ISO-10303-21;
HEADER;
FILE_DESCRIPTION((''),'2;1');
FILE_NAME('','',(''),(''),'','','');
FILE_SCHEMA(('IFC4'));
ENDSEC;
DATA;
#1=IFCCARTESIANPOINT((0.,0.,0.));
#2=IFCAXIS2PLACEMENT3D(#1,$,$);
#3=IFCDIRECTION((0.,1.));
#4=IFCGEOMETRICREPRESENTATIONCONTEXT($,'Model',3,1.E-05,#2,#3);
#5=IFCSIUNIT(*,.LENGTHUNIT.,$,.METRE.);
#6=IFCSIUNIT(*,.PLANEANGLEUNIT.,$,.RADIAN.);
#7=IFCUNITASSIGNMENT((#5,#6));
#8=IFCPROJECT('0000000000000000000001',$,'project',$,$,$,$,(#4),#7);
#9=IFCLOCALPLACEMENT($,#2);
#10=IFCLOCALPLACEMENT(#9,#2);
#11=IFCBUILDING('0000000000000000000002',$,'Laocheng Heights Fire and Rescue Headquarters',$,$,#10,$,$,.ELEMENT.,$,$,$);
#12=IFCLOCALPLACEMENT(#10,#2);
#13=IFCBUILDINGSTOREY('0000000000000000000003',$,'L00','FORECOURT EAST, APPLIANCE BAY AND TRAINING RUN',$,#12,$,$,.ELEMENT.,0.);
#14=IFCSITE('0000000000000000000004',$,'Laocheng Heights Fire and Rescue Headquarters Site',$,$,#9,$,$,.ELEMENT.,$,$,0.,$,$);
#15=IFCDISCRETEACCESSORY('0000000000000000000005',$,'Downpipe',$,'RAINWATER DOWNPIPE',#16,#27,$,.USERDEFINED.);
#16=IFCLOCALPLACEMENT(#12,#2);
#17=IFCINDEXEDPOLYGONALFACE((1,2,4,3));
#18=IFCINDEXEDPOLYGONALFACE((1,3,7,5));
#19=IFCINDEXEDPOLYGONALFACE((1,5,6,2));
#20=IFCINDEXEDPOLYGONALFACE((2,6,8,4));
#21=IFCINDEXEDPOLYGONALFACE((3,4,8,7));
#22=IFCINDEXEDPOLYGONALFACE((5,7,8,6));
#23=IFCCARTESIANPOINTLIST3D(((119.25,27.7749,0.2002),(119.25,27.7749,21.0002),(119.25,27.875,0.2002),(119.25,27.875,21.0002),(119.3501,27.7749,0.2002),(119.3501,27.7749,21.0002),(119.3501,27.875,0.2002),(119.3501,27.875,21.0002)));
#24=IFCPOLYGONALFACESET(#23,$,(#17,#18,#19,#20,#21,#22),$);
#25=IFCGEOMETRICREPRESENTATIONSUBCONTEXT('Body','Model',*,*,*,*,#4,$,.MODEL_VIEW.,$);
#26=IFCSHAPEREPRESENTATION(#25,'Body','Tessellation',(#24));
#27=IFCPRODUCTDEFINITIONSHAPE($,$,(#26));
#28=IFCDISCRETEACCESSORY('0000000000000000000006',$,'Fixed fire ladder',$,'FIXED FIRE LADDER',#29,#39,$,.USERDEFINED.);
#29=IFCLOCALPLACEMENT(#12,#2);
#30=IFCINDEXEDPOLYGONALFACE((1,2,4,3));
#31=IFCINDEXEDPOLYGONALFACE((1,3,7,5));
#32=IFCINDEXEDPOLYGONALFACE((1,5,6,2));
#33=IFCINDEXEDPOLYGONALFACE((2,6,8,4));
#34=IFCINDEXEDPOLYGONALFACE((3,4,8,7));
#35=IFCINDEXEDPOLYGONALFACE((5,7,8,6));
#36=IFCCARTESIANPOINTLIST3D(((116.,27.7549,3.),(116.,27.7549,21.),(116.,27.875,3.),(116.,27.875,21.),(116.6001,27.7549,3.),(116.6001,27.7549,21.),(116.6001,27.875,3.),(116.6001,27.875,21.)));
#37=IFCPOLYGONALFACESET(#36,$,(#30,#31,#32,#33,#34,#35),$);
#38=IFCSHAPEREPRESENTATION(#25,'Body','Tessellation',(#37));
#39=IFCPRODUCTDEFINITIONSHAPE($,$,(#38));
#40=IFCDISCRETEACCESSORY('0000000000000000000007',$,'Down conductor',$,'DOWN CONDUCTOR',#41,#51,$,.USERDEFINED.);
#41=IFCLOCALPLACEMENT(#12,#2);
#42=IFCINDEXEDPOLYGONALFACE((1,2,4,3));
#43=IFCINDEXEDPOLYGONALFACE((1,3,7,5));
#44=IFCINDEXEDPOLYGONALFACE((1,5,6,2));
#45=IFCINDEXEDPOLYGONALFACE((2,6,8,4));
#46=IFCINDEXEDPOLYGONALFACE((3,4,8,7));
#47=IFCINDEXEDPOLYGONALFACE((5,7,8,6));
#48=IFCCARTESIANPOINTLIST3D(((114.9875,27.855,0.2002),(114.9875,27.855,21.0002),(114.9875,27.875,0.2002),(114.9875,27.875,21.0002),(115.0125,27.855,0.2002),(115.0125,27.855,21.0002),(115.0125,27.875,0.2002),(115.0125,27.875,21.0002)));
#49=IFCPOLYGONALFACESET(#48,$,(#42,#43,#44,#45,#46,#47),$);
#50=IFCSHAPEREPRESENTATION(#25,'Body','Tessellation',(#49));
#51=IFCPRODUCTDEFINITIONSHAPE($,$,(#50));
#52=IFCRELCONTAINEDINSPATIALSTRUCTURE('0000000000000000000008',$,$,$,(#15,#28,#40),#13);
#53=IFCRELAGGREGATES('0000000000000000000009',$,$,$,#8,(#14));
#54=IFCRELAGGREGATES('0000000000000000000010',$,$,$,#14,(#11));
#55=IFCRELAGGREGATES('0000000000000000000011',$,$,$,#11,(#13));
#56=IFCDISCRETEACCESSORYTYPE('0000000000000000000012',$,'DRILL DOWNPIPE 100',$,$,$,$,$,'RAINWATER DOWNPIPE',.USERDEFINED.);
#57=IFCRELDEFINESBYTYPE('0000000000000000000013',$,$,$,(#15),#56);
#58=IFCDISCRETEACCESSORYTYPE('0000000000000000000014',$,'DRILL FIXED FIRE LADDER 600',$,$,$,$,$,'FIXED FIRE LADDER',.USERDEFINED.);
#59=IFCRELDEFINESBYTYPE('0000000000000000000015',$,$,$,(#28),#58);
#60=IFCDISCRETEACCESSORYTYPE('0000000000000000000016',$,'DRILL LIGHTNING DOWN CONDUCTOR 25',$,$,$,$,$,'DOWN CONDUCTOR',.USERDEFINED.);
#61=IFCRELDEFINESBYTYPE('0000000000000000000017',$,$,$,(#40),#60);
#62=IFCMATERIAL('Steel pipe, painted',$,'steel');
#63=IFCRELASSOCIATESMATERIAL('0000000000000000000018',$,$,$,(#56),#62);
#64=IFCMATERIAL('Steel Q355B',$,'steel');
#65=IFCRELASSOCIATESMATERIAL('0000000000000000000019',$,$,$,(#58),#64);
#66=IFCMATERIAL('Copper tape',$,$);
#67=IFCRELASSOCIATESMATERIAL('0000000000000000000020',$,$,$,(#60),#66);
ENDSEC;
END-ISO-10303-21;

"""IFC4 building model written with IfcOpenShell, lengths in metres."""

from ifc_helpers import new_model, si_unit, direction, frame, origin, origin_2d, place, context, subcontext, project, spatial, rectangle, extrude, material, type_object, element, save


model = new_model("IFC4")

# Units and contexts
model_context = context("Model", 3, precision=1e-05, world=origin(), true_north=direction((0.0, 1.0)))
body_context = subcontext(model_context, "Body", "Model", "MODEL_VIEW")
ifc_project = project(units=[si_unit("LENGTHUNIT", "METRE"), si_unit("PLANEANGLEUNIT", "RADIAN")], contexts=[model_context])

# Site, building, storey
site_placement = place(None, origin())
site = spatial("IfcSite", under=ifc_project, at=site_placement, Name="Laocheng Heights Fire and Rescue Headquarters Site", CompositionType="ELEMENT", RefElevation=0.0)
building_placement = place(site_placement, origin())
building = spatial("IfcBuilding", under=site, at=building_placement, Name="Laocheng Heights Fire and Rescue Headquarters", CompositionType="ELEMENT")
storey_placement = place(building_placement, origin())
storey = spatial("IfcBuildingStorey", under=building, at=storey_placement, Name="L00", Description="FORECOURT EAST, APPLIANCE BAY AND TRAINING RUN", CompositionType="ELEMENT", Elevation=0.0)

# Discrete accessories
ifc_material_1 = material(Name="Steel pipe, painted", Category="steel")
discrete_accessory_type_1 = type_object("IfcDiscreteAccessoryType", Name="DRILL DOWNPIPE 100", ElementType="RAINWATER DOWNPIPE", PredefinedType="USERDEFINED", material=ifc_material_1)
discrete_accessory_1_placement = place(storey_placement, frame((119.3, 27.825, 0.2002), z_axis=(0.0, 0.0, 1.0), x_axis=(1.0, 0.0, 0.0)))
element("IfcDiscreteAccessory", 1, at=discrete_accessory_1_placement, inside=storey, type_object=discrete_accessory_type_1, Name="Downpipe", ObjectType="RAINWATER DOWNPIPE", PredefinedType="USERDEFINED", context=body_context, shape_type="SweptSolid", body=[
    extrude(rectangle(XDim=0.1001, YDim=0.1001, at=origin_2d()), origin(), (0.0, 0.0, 1.0), 20.8),
])
ifc_material_2 = material(Name="Steel Q355B", Category="steel")
discrete_accessory_type_2 = type_object("IfcDiscreteAccessoryType", Name="DRILL FIXED FIRE LADDER 600", ElementType="FIXED FIRE LADDER", PredefinedType="USERDEFINED", material=ifc_material_2)
discrete_accessory_2_placement = place(storey_placement, frame((116.3, 27.8149, 3.0), z_axis=(0.0, 0.0, 1.0), x_axis=(1.0, 0.0, 0.0)))
element("IfcDiscreteAccessory", 2, at=discrete_accessory_2_placement, inside=storey, type_object=discrete_accessory_type_2, Name="Fixed fire ladder", ObjectType="FIXED FIRE LADDER", PredefinedType="USERDEFINED", context=body_context, shape_type="SweptSolid", body=[
    extrude(rectangle(XDim=0.6001, YDim=0.1201, at=origin_2d()), origin(), (0.0, 0.0, 1.0), 18.0),
])
ifc_material_3 = material(Name="Copper tape")
discrete_accessory_type_3 = type_object("IfcDiscreteAccessoryType", Name="DRILL LIGHTNING DOWN CONDUCTOR 25", ElementType="DOWN CONDUCTOR", PredefinedType="USERDEFINED", material=ifc_material_3)
discrete_accessory_3_placement = place(storey_placement, frame((115.0, 27.865, 0.2002), z_axis=(0.0, 0.0, 1.0), x_axis=(1.0, 0.0, 0.0)))
element("IfcDiscreteAccessory", 3, at=discrete_accessory_3_placement, inside=storey, type_object=discrete_accessory_type_3, Name="Down conductor", ObjectType="DOWN CONDUCTOR", PredefinedType="USERDEFINED", context=body_context, shape_type="SweptSolid", body=[
    extrude(rectangle(XDim=0.0249, YDim=0.02, at=origin_2d()), origin(), (0.0, 0.0, 1.0), 20.8),
])

save(model, "model.ifc")
